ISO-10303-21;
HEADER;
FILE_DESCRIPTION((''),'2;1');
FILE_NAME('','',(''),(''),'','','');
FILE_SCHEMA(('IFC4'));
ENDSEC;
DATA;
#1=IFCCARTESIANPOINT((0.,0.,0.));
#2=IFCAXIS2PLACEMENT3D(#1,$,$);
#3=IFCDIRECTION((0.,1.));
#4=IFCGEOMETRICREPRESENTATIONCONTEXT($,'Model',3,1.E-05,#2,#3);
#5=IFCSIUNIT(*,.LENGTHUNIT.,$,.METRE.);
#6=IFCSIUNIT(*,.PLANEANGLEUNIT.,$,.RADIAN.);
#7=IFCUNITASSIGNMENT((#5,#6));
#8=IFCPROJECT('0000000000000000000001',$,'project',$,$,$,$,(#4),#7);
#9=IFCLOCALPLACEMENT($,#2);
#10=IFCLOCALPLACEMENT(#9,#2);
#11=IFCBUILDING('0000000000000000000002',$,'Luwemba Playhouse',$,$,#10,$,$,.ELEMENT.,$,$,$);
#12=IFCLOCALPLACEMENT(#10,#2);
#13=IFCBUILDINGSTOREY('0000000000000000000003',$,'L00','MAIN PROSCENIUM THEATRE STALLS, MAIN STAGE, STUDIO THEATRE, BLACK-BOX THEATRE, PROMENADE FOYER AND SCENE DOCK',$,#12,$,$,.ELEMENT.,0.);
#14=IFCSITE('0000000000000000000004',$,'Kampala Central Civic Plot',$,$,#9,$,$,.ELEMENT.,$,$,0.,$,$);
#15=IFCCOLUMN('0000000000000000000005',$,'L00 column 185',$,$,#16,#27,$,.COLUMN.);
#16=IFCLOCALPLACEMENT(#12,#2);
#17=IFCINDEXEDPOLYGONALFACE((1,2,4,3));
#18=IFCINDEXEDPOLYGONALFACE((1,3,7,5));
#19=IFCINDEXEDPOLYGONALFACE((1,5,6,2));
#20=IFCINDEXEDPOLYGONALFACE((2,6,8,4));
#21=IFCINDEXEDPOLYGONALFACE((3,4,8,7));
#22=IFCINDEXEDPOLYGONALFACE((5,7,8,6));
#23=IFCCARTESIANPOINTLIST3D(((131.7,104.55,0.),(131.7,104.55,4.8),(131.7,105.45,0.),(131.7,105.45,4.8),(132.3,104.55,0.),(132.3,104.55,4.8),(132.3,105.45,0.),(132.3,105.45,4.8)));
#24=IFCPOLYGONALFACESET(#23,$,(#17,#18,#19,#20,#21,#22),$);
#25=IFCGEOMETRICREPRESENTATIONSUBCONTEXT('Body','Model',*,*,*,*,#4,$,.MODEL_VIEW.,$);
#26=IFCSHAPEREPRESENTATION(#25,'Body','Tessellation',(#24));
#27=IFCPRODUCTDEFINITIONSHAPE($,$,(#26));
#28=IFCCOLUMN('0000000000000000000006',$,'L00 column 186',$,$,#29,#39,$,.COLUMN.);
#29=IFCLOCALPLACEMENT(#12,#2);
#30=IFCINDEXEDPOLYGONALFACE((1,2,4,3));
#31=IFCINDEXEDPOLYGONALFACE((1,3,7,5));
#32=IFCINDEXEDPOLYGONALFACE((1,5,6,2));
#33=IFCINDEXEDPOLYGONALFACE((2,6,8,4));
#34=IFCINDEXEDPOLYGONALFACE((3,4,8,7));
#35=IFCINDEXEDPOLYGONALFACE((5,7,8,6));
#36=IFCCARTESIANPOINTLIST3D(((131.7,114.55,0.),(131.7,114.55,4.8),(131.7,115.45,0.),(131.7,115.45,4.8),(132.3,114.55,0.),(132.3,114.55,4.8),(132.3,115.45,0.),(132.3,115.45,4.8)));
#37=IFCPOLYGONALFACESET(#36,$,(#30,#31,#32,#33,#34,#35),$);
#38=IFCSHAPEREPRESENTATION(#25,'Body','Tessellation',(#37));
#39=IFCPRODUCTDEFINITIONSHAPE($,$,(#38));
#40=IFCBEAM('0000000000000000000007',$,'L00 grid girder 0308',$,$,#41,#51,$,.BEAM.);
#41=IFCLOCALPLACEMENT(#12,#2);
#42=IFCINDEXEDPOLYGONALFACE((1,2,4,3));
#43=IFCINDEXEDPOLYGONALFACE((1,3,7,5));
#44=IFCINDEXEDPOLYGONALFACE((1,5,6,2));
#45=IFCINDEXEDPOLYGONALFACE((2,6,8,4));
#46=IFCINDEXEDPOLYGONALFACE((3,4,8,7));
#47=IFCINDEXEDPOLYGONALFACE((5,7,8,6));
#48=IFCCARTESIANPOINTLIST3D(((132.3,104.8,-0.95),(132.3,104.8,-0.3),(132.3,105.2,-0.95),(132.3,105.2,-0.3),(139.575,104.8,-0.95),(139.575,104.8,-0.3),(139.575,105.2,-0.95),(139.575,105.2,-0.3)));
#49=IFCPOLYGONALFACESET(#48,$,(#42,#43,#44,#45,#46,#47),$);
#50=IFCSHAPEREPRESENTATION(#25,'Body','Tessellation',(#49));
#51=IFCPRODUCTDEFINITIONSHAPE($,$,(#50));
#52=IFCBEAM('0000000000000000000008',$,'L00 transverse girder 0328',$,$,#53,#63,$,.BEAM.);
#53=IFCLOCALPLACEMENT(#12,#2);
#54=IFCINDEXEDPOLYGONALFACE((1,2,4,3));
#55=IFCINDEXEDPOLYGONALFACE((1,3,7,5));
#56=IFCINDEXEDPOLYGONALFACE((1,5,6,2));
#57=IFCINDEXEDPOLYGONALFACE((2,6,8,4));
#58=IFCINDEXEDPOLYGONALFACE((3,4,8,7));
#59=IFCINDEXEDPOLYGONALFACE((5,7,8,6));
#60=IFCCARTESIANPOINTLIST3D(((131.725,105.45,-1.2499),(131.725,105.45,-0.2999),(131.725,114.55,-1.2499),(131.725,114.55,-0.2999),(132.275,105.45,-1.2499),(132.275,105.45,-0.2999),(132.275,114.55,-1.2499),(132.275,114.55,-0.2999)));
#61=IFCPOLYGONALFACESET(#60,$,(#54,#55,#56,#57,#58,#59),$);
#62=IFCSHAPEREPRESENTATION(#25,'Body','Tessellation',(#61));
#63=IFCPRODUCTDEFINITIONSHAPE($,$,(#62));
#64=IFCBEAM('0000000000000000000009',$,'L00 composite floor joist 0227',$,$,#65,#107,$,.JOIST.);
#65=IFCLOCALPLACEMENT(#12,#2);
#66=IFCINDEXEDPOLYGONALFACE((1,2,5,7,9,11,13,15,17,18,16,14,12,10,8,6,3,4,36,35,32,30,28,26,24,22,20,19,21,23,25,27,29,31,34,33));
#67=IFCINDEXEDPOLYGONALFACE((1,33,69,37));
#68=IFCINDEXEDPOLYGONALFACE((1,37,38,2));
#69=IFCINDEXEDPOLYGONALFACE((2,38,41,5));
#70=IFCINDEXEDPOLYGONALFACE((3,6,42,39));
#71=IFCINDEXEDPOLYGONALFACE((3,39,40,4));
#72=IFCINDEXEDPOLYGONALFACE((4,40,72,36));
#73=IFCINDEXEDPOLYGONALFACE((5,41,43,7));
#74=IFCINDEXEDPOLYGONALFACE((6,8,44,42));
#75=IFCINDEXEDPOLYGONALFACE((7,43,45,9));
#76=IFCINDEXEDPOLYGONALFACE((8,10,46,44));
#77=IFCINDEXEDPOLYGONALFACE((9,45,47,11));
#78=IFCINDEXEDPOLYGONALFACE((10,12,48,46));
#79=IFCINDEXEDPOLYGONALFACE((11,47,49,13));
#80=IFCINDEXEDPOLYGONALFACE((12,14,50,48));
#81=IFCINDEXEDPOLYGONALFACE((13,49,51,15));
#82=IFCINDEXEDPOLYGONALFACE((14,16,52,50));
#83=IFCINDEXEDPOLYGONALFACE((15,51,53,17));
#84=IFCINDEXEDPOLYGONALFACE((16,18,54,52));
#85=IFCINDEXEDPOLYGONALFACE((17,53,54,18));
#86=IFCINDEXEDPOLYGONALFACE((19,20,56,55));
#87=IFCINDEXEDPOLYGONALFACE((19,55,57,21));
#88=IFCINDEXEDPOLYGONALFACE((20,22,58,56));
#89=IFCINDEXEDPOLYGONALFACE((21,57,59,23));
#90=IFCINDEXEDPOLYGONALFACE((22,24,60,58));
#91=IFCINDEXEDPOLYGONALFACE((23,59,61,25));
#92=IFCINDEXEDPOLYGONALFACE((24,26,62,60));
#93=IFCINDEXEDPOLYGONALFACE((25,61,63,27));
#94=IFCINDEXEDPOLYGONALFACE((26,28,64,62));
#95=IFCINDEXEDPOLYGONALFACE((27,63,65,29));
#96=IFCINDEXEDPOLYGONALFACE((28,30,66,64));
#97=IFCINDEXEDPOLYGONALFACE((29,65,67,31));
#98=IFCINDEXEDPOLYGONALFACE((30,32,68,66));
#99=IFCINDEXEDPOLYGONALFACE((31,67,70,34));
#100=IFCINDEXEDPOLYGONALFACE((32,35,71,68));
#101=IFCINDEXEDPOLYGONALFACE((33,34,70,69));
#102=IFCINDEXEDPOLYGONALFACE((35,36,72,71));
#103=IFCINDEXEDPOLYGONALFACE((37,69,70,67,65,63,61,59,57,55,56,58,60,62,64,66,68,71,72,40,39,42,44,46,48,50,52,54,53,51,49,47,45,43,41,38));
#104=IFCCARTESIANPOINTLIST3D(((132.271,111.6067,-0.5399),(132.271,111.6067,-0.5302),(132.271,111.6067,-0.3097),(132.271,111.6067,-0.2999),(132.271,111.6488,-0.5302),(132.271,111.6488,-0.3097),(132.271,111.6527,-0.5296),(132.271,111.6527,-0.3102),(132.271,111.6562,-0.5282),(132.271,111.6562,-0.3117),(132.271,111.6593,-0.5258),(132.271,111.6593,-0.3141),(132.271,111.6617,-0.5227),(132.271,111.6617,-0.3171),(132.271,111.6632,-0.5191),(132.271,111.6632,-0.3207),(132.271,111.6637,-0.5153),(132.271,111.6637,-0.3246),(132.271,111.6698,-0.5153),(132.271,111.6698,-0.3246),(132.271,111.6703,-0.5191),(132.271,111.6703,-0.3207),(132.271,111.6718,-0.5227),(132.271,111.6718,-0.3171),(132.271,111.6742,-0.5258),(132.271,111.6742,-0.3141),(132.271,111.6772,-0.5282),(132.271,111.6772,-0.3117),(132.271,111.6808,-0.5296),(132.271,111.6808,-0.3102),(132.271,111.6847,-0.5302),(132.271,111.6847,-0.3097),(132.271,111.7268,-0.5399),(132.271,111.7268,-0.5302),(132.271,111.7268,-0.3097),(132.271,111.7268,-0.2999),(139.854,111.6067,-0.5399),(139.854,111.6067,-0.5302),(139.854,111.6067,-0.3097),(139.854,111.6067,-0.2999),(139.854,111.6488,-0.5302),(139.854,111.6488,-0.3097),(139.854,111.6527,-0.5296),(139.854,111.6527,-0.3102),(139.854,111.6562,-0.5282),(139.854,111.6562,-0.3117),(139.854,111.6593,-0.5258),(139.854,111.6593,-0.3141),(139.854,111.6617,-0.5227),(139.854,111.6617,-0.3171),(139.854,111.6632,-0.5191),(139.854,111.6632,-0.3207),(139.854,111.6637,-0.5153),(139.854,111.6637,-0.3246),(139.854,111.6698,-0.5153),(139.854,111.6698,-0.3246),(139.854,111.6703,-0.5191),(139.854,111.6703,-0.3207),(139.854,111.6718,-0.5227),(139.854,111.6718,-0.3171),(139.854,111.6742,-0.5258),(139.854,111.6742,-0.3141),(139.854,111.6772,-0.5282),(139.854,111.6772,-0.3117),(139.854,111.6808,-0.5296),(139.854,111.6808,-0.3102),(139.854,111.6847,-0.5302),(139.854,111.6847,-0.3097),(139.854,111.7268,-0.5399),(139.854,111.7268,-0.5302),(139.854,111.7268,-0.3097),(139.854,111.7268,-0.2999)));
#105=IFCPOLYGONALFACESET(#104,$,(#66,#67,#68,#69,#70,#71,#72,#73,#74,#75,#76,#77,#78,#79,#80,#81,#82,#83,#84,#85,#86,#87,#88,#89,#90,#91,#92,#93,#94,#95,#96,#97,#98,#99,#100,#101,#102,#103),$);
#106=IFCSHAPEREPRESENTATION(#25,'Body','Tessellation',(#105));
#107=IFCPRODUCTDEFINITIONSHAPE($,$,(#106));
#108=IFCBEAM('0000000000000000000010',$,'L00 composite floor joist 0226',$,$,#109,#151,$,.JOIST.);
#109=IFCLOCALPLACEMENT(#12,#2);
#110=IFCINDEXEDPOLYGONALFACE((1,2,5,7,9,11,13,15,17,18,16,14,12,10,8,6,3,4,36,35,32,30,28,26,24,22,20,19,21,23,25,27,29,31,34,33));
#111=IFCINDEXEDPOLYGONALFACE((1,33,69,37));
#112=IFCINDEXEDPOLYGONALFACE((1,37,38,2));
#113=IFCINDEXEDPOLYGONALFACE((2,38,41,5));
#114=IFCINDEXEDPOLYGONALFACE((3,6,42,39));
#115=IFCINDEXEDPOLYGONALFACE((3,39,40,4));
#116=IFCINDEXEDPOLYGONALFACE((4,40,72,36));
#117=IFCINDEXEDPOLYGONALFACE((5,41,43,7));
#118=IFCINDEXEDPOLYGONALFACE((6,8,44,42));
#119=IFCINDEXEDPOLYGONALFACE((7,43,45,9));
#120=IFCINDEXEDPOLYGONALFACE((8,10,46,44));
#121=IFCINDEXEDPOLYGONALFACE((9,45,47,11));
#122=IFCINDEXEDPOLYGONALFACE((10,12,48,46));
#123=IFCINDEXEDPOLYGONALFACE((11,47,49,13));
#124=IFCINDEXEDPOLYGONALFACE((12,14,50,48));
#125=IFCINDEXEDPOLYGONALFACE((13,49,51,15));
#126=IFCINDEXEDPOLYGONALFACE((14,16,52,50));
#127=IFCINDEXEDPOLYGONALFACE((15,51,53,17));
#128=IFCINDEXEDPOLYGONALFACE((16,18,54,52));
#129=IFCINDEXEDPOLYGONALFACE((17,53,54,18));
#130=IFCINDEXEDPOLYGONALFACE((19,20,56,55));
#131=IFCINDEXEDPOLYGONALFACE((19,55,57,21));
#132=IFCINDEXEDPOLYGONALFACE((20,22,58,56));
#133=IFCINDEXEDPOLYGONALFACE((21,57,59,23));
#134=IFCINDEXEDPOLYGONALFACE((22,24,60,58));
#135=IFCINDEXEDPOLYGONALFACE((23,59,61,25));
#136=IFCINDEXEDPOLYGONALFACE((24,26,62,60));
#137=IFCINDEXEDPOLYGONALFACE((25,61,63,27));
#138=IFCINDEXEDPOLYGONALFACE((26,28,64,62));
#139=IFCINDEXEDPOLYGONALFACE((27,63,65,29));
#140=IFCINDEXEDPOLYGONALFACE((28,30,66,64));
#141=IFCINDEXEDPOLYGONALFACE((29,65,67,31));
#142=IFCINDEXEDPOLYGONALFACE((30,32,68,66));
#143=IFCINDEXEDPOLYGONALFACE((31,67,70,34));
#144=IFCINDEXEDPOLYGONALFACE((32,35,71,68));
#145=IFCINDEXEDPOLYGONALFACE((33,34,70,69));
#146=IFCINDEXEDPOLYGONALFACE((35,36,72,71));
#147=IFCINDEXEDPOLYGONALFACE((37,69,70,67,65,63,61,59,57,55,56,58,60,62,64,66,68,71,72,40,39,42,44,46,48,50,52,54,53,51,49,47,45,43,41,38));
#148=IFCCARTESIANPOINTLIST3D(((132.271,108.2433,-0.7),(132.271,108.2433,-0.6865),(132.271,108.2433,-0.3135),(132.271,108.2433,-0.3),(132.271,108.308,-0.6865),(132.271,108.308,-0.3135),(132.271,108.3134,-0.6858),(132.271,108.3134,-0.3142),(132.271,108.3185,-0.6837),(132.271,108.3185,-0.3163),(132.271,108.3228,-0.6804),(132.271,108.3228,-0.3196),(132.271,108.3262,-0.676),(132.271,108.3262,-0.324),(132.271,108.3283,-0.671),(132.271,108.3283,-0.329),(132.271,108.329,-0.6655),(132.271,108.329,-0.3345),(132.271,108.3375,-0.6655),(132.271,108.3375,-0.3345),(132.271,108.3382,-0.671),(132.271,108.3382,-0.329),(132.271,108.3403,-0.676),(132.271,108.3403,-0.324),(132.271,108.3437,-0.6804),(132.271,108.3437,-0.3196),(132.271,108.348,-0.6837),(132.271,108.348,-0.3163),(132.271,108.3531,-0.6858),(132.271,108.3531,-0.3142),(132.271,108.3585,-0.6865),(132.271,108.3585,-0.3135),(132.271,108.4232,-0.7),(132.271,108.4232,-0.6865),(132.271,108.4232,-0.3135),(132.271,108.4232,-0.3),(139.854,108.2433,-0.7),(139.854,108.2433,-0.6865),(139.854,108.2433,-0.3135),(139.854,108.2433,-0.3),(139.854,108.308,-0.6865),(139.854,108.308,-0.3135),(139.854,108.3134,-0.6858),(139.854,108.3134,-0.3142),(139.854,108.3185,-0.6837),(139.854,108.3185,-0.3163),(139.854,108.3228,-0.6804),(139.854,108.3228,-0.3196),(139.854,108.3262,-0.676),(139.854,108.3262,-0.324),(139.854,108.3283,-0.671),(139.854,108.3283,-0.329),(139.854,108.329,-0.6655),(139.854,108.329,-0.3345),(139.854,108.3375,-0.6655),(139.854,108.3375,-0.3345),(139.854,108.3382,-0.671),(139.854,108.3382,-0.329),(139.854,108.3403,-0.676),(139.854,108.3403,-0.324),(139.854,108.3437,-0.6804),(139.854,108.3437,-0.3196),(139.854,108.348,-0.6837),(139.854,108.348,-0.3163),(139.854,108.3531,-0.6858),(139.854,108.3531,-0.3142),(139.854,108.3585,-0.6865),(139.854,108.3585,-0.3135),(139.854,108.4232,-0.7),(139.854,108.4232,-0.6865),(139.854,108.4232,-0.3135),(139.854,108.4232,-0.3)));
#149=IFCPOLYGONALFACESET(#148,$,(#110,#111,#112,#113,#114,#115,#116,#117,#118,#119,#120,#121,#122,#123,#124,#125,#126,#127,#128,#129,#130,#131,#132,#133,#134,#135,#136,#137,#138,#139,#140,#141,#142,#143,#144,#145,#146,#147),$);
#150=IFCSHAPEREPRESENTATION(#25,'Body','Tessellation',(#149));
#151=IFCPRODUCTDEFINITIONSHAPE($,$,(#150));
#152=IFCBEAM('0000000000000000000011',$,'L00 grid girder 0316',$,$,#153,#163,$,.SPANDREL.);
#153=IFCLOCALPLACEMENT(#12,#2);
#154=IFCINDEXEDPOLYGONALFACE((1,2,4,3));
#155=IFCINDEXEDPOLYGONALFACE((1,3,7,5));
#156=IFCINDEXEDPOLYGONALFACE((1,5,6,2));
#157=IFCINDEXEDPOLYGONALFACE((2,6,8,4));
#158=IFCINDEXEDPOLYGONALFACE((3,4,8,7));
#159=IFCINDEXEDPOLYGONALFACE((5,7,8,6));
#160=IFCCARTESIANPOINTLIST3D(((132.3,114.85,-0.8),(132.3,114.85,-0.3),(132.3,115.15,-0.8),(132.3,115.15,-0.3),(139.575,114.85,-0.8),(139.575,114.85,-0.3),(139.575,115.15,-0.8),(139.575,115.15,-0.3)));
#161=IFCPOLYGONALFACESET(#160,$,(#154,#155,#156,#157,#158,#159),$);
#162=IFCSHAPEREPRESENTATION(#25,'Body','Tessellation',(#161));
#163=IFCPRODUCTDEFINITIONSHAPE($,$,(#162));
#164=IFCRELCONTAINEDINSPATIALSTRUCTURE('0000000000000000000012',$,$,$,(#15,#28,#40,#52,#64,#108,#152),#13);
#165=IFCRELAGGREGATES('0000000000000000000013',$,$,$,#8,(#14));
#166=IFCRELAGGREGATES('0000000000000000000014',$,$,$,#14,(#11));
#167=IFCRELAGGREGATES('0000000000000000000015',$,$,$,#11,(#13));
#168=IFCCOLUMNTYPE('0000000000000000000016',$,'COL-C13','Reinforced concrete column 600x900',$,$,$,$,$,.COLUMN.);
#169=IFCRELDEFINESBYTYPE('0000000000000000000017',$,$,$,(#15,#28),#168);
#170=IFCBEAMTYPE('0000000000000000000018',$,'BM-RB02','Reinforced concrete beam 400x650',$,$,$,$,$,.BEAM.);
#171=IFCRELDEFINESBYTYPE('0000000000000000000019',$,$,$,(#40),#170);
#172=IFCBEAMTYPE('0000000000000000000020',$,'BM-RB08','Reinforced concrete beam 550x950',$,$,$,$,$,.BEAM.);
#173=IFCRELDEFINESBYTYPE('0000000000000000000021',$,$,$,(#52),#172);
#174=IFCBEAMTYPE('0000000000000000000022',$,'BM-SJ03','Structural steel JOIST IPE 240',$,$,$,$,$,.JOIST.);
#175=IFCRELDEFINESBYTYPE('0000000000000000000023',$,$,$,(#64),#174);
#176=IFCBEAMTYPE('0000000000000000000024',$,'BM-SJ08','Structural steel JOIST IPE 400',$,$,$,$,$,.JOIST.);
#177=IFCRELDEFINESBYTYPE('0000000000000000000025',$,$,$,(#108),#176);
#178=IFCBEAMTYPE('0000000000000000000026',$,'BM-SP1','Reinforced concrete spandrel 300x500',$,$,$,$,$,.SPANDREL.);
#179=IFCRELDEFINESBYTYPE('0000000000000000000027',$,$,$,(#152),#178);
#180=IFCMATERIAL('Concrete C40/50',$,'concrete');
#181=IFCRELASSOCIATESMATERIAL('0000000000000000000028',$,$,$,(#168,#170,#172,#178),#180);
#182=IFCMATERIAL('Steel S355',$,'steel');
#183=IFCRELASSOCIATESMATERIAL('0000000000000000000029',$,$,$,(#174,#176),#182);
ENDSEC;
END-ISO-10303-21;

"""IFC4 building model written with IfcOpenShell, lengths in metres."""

from ifc_helpers import new_model, si_unit, direction, frame, origin, origin_2d, place, context, subcontext, project, spatial, rectangle, i_section, extrude, material, material_profile, profile_set, type_object, element, save


model = new_model("IFC4")

# Units and contexts
model_context = context("Model", 3, precision=1e-05, world=origin(), true_north=direction((0.0, 1.0)))
body_context = subcontext(model_context, "Body", "Model", "MODEL_VIEW")
ifc_project = project(units=[si_unit("LENGTHUNIT", "METRE"), si_unit("PLANEANGLEUNIT", "RADIAN")], contexts=[model_context])

# Site, building, storey
site_placement = place(None, origin())
site = spatial("IfcSite", under=ifc_project, at=site_placement, Name="Kampala Central Civic Plot", CompositionType="ELEMENT", RefElevation=0.0)
building_placement = place(site_placement, origin())
building = spatial("IfcBuilding", under=site, at=building_placement, Name="Luwemba Playhouse", CompositionType="ELEMENT")
storey_placement = place(building_placement, origin())
storey = spatial("IfcBuildingStorey", under=building, at=storey_placement, Name="L00", Description="MAIN PROSCENIUM THEATRE STALLS, MAIN STAGE, STUDIO THEATRE, BLACK-BOX THEATRE, PROMENADE FOYER AND SCENE DOCK", CompositionType="ELEMENT", Elevation=0.0)

# Columns
ifc_material_1 = material(Name="Concrete C40/50", Category="concrete")
ifc_material_profile_1 = material_profile(ifc_material_1, rectangle(XDim=0.6001, YDim=0.8999, at=origin_2d()))
ifc_profile_set_1 = profile_set([ifc_material_profile_1], Name="Concrete C40/50")
column_type = type_object("IfcColumnType", Name="COL-C13", Description="Reinforced concrete column 600x900", PredefinedType="COLUMN", material=ifc_profile_set_1)
for number, where, z_axis, x_axis, name in (
    (1, (132.0, 105.0, 0.0), (0.0, 0.0, 1.0), (1.0, 0.0, 0.0), "L00 column 185"),
    (2, (132.0, 115.0, 0.0), (0.0, 0.0, 1.0), (1.0, 0.0, 0.0), "L00 column 186"),
):
    element("IfcColumn", number, at=place(storey_placement, frame(where, z_axis=z_axis, x_axis=x_axis)), inside=storey, type_object=column_type, Name=name, PredefinedType="COLUMN", context=body_context, shape_type="SweptSolid", body=[
        extrude(rectangle(XDim=0.6001, YDim=0.8999, at=origin_2d()), origin(), (0.0, 0.0, 1.0), 4.8),
    ])

# Beams
ifc_material_profile_2 = material_profile(ifc_material_1, rectangle(XDim=0.3999, YDim=0.6499, at=origin_2d()))
ifc_profile_set_2 = profile_set([ifc_material_profile_2], Name="Concrete C40/50")
beam_type_1 = type_object("IfcBeamType", Name="BM-RB02", Description="Reinforced concrete beam 400x650", PredefinedType="BEAM", material=ifc_profile_set_2)
beam_1_placement = place(storey_placement, frame((132.3, 105.0, -0.625), z_axis=(1.0, 0.0, 0.0), x_axis=(0.0, 1.0, 0.0)))
element("IfcBeam", 3, at=beam_1_placement, inside=storey, type_object=beam_type_1, Name="L00 grid girder 0308", PredefinedType="BEAM", context=body_context, shape_type="SweptSolid", body=[
    extrude(rectangle(XDim=0.3999, YDim=0.6499, at=origin_2d()), origin(), (0.0, 0.0, 1.0), 7.2749),
])
ifc_material_profile_3 = material_profile(ifc_material_1, rectangle(XDim=0.55, YDim=0.95, at=origin_2d()))
ifc_profile_set_3 = profile_set([ifc_material_profile_3], Name="Concrete C40/50")
beam_type_2 = type_object("IfcBeamType", Name="BM-RB08", Description="Reinforced concrete beam 550x950", PredefinedType="BEAM", material=ifc_profile_set_3)
beam_2_placement = place(storey_placement, frame((132.0, 105.45, -0.7749), z_axis=(0.0, 1.0, 0.0), x_axis=(-1.0, 0.0, 0.0)))
element("IfcBeam", 4, at=beam_2_placement, inside=storey, type_object=beam_type_2, Name="L00 transverse girder 0328", PredefinedType="BEAM", context=body_context, shape_type="SweptSolid", body=[
    extrude(rectangle(XDim=0.55, YDim=0.95, at=origin_2d()), origin(), (0.0, 0.0, 1.0), 9.1001),
])
ifc_material_2 = material(Name="Steel S355", Category="steel")
ifc_material_profile_4 = material_profile(ifc_material_2, i_section(OverallWidth=0.1201, OverallDepth=0.24, WebThickness=0.0061, FlangeThickness=0.0098, FilletRadius=0.0149, at=origin_2d()))
ifc_profile_set_4 = profile_set([ifc_material_profile_4], Name="Steel S355")
beam_type_3 = type_object("IfcBeamType", Name="BM-SJ03", Description="Structural steel JOIST IPE 240", PredefinedType="JOIST", material=ifc_profile_set_4)
beam_3_placement = place(storey_placement, frame((132.271, 111.6667, -0.4199), z_axis=(1.0, 0.0, 0.0), x_axis=(0.0, 1.0, 0.0)))
element("IfcBeam", 5, at=beam_3_placement, inside=storey, type_object=beam_type_3, Name="L00 composite floor joist 0227", PredefinedType="JOIST", context=body_context, shape_type="SweptSolid", body=[
    extrude(i_section(OverallWidth=0.1201, OverallDepth=0.24, WebThickness=0.0061, FlangeThickness=0.0098, FilletRadius=0.0149, at=origin_2d()), origin(), (0.0, 0.0, 1.0), 7.583),
])
ifc_material_profile_5 = material_profile(ifc_material_2, i_section(OverallWidth=0.1799, OverallDepth=0.3999, WebThickness=0.0085, FlangeThickness=0.0134, FilletRadius=0.021, at=origin_2d()))
ifc_profile_set_5 = profile_set([ifc_material_profile_5], Name="Steel S355")
beam_type_4 = type_object("IfcBeamType", Name="BM-SJ08", Description="Structural steel JOIST IPE 400", PredefinedType="JOIST", material=ifc_profile_set_5)
beam_4_placement = place(storey_placement, frame((132.271, 108.3333, -0.5), z_axis=(1.0, 0.0, 0.0), x_axis=(0.0, 1.0, 0.0)))
element("IfcBeam", 6, at=beam_4_placement, inside=storey, type_object=beam_type_4, Name="L00 composite floor joist 0226", PredefinedType="JOIST", context=body_context, shape_type="SweptSolid", body=[
    extrude(i_section(OverallWidth=0.1799, OverallDepth=0.3999, WebThickness=0.0085, FlangeThickness=0.0134, FilletRadius=0.021, at=origin_2d()), origin(), (0.0, 0.0, 1.0), 7.583),
])
ifc_material_profile_6 = material_profile(ifc_material_1, rectangle(XDim=0.3, YDim=0.5, at=origin_2d()))
ifc_profile_set_6 = profile_set([ifc_material_profile_6], Name="Concrete C40/50")
beam_type_5 = type_object("IfcBeamType", Name="BM-SP1", Description="Reinforced concrete spandrel 300x500", PredefinedType="SPANDREL", material=ifc_profile_set_6)
beam_5_placement = place(storey_placement, frame((132.3, 115.0, -0.55), z_axis=(1.0, 0.0, 0.0), x_axis=(0.0, 1.0, 0.0)))
element("IfcBeam", 7, at=beam_5_placement, inside=storey, type_object=beam_type_5, Name="L00 grid girder 0316", PredefinedType="SPANDREL", context=body_context, shape_type="SweptSolid", body=[
    extrude(rectangle(XDim=0.3, YDim=0.5, at=origin_2d()), origin(), (0.0, 0.0, 1.0), 7.2749),
])

save(model, "model.ifc")
